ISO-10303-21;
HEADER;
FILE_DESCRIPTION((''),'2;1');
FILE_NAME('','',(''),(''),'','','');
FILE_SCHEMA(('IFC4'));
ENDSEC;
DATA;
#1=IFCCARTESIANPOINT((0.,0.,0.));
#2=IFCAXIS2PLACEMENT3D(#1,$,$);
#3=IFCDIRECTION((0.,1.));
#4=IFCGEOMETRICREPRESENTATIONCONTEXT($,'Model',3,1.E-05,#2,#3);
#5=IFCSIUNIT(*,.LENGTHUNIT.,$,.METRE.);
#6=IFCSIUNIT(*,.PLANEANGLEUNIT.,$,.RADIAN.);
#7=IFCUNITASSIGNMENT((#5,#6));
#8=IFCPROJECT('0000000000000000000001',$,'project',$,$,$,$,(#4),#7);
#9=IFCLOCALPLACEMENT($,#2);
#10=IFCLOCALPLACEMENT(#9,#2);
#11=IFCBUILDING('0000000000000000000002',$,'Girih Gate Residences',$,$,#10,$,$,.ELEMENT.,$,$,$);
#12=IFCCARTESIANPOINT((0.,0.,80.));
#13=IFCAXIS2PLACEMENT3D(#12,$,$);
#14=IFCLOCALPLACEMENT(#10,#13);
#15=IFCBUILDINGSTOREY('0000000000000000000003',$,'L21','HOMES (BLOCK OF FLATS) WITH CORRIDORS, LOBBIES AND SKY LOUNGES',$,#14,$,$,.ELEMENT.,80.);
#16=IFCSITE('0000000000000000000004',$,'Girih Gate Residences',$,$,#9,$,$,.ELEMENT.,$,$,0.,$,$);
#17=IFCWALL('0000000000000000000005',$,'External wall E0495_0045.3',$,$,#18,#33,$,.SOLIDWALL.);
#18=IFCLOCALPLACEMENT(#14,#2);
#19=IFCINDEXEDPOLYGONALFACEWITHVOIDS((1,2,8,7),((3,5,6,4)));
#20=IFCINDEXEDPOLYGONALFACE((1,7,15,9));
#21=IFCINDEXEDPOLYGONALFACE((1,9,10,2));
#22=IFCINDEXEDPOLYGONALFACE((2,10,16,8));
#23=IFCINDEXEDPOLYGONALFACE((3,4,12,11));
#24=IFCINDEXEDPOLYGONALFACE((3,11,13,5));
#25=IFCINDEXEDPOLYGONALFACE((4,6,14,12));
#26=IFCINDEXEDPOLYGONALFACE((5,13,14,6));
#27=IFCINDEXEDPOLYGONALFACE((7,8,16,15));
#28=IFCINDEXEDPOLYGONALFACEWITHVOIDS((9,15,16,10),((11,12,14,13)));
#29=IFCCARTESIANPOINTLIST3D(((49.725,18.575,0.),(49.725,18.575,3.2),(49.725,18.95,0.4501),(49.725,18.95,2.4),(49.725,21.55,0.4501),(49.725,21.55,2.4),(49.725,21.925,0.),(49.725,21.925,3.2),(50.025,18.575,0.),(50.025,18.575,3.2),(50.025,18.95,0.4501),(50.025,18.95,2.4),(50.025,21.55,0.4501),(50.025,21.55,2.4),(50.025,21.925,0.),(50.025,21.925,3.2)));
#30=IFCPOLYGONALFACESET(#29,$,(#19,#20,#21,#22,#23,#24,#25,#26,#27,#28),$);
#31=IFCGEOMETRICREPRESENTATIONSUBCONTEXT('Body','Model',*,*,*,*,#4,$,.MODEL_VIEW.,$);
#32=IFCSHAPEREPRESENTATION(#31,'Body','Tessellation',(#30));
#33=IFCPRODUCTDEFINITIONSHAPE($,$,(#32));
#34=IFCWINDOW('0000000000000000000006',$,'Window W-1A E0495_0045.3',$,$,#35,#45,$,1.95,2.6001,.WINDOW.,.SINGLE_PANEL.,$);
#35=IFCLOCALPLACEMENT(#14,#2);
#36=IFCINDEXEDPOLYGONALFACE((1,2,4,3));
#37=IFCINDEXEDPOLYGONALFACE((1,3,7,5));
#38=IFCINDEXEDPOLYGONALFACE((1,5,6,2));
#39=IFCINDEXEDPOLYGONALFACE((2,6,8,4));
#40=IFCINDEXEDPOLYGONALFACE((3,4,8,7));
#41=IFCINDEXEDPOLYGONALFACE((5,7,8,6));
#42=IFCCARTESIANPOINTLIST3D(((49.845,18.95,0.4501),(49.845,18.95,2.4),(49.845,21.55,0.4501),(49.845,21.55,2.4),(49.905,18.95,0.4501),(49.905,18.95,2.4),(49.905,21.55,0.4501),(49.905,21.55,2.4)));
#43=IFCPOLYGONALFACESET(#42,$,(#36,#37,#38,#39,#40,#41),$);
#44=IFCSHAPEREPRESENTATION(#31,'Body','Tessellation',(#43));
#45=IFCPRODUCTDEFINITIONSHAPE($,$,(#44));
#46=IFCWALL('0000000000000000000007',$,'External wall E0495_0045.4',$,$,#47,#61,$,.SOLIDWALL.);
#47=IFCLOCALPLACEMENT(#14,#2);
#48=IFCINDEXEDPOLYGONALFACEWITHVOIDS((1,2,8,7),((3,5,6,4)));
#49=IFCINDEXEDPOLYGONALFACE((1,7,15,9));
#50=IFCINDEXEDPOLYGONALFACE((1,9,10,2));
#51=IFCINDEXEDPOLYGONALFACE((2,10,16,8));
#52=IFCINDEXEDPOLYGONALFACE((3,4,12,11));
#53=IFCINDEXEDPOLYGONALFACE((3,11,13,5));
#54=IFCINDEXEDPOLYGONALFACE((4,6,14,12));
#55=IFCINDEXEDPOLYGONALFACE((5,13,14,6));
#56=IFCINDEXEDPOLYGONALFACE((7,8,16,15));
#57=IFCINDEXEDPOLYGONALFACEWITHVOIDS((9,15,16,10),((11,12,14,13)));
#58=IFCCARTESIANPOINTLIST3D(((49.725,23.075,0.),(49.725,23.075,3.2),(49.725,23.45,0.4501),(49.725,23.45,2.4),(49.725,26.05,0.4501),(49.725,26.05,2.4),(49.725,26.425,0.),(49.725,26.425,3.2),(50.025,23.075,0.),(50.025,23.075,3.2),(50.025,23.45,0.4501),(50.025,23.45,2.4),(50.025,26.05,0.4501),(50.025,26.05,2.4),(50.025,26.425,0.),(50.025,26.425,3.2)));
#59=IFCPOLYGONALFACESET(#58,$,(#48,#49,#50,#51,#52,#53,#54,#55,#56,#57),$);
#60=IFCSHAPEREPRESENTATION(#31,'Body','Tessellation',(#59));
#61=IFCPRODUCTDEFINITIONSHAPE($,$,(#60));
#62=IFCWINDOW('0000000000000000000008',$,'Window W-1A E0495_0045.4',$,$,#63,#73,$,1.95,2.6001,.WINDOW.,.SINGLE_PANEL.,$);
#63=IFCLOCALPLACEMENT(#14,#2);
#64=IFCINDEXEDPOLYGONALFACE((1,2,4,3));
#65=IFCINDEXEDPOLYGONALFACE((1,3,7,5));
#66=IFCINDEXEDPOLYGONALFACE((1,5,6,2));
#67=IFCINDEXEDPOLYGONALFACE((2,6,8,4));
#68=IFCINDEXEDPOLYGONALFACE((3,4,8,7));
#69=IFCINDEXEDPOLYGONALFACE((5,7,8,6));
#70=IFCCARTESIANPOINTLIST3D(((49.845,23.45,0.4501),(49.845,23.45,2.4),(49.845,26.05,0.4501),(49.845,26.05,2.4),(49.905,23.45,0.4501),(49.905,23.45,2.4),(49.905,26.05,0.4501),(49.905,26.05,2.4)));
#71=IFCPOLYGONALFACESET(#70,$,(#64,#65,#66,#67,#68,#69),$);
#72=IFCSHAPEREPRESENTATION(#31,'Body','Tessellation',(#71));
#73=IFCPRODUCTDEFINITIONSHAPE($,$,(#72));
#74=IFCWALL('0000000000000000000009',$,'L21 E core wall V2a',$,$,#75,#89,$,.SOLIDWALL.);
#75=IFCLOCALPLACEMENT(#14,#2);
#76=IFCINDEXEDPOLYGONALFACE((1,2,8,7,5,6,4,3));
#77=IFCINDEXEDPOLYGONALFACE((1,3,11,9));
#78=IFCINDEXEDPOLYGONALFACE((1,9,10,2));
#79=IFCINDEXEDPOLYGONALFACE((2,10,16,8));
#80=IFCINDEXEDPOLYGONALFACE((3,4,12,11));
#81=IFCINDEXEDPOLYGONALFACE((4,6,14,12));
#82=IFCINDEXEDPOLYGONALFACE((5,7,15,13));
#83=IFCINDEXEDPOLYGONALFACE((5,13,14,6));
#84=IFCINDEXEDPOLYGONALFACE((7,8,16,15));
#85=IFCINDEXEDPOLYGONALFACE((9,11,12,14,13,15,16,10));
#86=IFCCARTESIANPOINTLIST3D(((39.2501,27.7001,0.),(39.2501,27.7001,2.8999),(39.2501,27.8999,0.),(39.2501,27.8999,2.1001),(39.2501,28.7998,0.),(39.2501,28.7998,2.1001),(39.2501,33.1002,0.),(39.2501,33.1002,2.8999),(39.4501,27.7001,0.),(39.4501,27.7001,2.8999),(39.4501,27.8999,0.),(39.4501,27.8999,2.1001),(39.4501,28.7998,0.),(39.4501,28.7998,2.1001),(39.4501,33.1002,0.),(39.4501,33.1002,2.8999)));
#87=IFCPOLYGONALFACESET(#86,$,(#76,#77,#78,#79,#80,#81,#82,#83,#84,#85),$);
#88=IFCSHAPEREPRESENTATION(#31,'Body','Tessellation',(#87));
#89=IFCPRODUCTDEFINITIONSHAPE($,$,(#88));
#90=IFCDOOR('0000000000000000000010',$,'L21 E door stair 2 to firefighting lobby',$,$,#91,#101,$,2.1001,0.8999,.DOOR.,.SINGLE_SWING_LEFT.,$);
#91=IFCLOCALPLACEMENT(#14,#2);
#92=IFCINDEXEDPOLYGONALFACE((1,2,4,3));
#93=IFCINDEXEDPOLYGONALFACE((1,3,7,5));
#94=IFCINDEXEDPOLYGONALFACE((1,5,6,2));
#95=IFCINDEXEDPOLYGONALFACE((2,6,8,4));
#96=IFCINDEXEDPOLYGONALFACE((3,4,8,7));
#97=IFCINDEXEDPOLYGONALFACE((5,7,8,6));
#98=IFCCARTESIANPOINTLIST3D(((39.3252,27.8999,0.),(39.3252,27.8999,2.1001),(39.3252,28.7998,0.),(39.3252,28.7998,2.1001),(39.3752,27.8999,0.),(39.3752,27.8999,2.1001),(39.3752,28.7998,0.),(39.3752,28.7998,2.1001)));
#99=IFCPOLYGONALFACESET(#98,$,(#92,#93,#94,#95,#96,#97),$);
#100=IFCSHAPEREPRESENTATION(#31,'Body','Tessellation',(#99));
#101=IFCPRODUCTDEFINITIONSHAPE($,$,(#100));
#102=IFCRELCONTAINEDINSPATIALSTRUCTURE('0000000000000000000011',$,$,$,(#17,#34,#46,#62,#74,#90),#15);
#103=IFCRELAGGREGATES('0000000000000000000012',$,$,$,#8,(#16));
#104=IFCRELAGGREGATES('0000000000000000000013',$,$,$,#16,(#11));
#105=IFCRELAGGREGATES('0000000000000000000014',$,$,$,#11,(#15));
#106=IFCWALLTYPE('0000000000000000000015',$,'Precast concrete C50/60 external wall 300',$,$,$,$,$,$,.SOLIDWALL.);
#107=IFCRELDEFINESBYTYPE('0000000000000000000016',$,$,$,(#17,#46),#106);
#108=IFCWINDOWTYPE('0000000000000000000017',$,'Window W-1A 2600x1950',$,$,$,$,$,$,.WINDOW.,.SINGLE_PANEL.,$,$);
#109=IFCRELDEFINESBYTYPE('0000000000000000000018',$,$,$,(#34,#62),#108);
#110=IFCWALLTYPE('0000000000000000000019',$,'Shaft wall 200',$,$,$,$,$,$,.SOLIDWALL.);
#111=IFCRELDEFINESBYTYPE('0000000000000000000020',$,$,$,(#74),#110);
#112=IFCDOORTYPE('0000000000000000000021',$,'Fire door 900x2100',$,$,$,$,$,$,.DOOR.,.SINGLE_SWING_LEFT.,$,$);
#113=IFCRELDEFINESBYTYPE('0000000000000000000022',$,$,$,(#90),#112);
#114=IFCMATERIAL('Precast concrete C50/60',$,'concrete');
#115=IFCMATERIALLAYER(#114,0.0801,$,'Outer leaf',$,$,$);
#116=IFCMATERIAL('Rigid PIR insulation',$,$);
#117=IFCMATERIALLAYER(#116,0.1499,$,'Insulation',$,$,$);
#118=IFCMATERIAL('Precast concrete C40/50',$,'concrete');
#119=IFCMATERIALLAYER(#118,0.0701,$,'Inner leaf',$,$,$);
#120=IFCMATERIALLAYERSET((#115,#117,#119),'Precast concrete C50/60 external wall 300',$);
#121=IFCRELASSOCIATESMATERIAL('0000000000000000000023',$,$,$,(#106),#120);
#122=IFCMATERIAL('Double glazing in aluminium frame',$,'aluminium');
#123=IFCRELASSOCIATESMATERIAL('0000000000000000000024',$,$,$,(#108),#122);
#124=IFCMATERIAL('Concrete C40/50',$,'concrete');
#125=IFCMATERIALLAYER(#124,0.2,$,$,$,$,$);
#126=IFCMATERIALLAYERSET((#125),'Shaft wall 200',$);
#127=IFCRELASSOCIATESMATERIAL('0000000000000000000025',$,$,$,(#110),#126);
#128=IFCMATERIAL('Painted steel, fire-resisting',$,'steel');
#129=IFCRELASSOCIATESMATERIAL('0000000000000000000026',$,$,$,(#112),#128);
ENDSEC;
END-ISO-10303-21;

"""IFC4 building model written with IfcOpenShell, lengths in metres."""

from ifc_helpers import new_model, si_unit, direction, frame, frame_2d, origin, place, context, subcontext, project, spatial, rectangle, extrude, material, layer, layer_set, type_object, element, fill, save


model = new_model("IFC4")

# Units and contexts
model_context = context("Model", 3, precision=1e-05, world=origin(), true_north=direction((0.0, 1.0)))
body_context = subcontext(model_context, "Body", "Model", "MODEL_VIEW")
ifc_project = project(units=[si_unit("LENGTHUNIT", "METRE"), si_unit("PLANEANGLEUNIT", "RADIAN")], contexts=[model_context])

# Site, building, storey
site_placement = place(None, origin())
site = spatial("IfcSite", under=ifc_project, at=site_placement, Name="Girih Gate Residences", CompositionType="ELEMENT", RefElevation=0.0)
building_placement = place(site_placement, origin())
building = spatial("IfcBuilding", under=site, at=building_placement, Name="Girih Gate Residences", CompositionType="ELEMENT")
storey_placement = place(building_placement, frame((0.0, 0.0, 80.0)))
storey = spatial("IfcBuildingStorey", under=building, at=storey_placement, Name="L21", Description="HOMES (BLOCK OF FLATS) WITH CORRIDORS, LOBBIES AND SKY LOUNGES", CompositionType="ELEMENT", Elevation=80.0)

# Shared definitions
ifc_material_1 = material(Name="Painted steel, fire-resisting", Category="steel")

# Walls, openings, windows
ifc_material_2 = material(Name="Precast concrete C50/60", Category="concrete")
ifc_layer_1 = layer(ifc_material_2, 0.0801, Name="Outer leaf")
ifc_material_3 = material(Name="Rigid PIR insulation")
ifc_layer_2 = layer(ifc_material_3, 0.1499, Name="Insulation")
ifc_material_4 = material(Name="Precast concrete C40/50", Category="concrete")
ifc_layer_3 = layer(ifc_material_4, 0.0701, Name="Inner leaf")
ifc_layer_set_1 = layer_set([ifc_layer_1, ifc_layer_2, ifc_layer_3], Name="Precast concrete C50/60 external wall 300")
wall_type_1 = type_object("IfcWallType", Name="Precast concrete C50/60 external wall 300", PredefinedType="SOLIDWALL", material=ifc_layer_set_1)
wall_1_placement = place(storey_placement, frame((49.875, 21.925, 0.0), z_axis=(0.0, 0.0, 1.0), x_axis=(0.0, -1.0, 0.0)))
wall_1 = element("IfcWall", 1, at=wall_1_placement, inside=storey, type_object=wall_type_1, Name="External wall E0495_0045.3", PredefinedType="SOLIDWALL", context=body_context, shape_type="SweptSolid", body=[
    extrude(rectangle(XDim=3.3501, YDim=0.3, at=frame_2d((1.675, 0.0))), origin(), (0.0, 0.0, 1.0), 3.2),
])
opening_1_placement = place(wall_1_placement, frame((0.375, 0.0, 0.45)))
opening_1 = element("IfcOpeningElement", 2, at=opening_1_placement, cuts=wall_1, PredefinedType="OPENING", context=body_context, shape_type="SweptSolid", body=[
    extrude(rectangle(XDim=2.6001, YDim=1.95, at=frame_2d((1.3, 0.9751))), frame((0.0, 0.1599, 0.0), z_axis=(0.0, -1.0, 0.0), x_axis=(1.0, 0.0, 0.0)), (0.0, 0.0, 1.0), 0.3201),
])
ifc_material_5 = material(Name="Double glazing in aluminium frame", Category="aluminium")
window_type = type_object("IfcWindowType", Name="Window W-1A 2600x1950", PartitioningType="SINGLE_PANEL", PredefinedType="WINDOW", material=ifc_material_5)
window_1_placement = place(opening_1_placement, origin())
window_1 = element("IfcWindow", 3, at=window_1_placement, inside=storey, type_object=window_type, Name="Window W-1A E0495_0045.3", OverallHeight=1.95, OverallWidth=2.6001, PartitioningType="SINGLE_PANEL", PredefinedType="WINDOW", context=body_context, shape_type="SweptSolid", body=[
    extrude(rectangle(XDim=2.6001, YDim=1.95, at=frame_2d((1.3, 0.9751))), frame((0.0, 0.03, 0.0), z_axis=(0.0, -1.0, 0.0), x_axis=(1.0, 0.0, 0.0)), (0.0, 0.0, 1.0), 0.0601),
])
fill(opening_1, window_1)
wall_2_placement = place(storey_placement, frame((49.875, 26.425, 0.0), z_axis=(0.0, 0.0, 1.0), x_axis=(0.0, -1.0, 0.0)))
wall_2 = element("IfcWall", 4, at=wall_2_placement, inside=storey, type_object=wall_type_1, Name="External wall E0495_0045.4", PredefinedType="SOLIDWALL", context=body_context, shape_type="SweptSolid", body=[
    extrude(rectangle(XDim=3.3501, YDim=0.3, at=frame_2d((1.675, 0.0))), origin(), (0.0, 0.0, 1.0), 3.2),
])
opening_2_placement = place(wall_2_placement, frame((0.375, 0.0, 0.45)))
opening_2 = element("IfcOpeningElement", 5, at=opening_2_placement, cuts=wall_2, PredefinedType="OPENING", context=body_context, shape_type="SweptSolid", body=[
    extrude(rectangle(XDim=2.6001, YDim=1.95, at=frame_2d((1.3, 0.9751))), frame((0.0, 0.1599, 0.0), z_axis=(0.0, -1.0, 0.0), x_axis=(1.0, 0.0, 0.0)), (0.0, 0.0, 1.0), 0.3201),
])
window_2_placement = place(opening_2_placement, origin())
window_2 = element("IfcWindow", 6, at=window_2_placement, inside=storey, type_object=window_type, Name="Window W-1A E0495_0045.4", OverallHeight=1.95, OverallWidth=2.6001, PartitioningType="SINGLE_PANEL", PredefinedType="WINDOW", context=body_context, shape_type="SweptSolid", body=[
    extrude(rectangle(XDim=2.6001, YDim=1.95, at=frame_2d((1.3, 0.9751))), frame((0.0, 0.03, 0.0), z_axis=(0.0, -1.0, 0.0), x_axis=(1.0, 0.0, 0.0)), (0.0, 0.0, 1.0), 0.0601),
])
fill(opening_2, window_2)

# Wall, opening, door
ifc_material_6 = material(Name="Concrete C40/50", Category="concrete")
ifc_layer_4 = layer(ifc_material_6, 0.2)
ifc_layer_set_2 = layer_set([ifc_layer_4], Name="Shaft wall 200")
wall_type_2 = type_object("IfcWallType", Name="Shaft wall 200", PredefinedType="SOLIDWALL", material=ifc_layer_set_2)
wall_3_placement = place(storey_placement, frame((39.3501, 27.7, 0.0), z_axis=(0.0, 0.0, 1.0), x_axis=(0.0, 1.0, 0.0)))
wall_3 = element("IfcWall", 7, at=wall_3_placement, inside=storey, type_object=wall_type_2, Name="L21 E core wall V2a", PredefinedType="SOLIDWALL", context=body_context, shape_type="SweptSolid", body=[
    extrude(rectangle(XDim=5.4001, YDim=0.2, at=frame_2d((2.7002, 0.0))), origin(), (0.0, 0.0, 1.0), 2.8999),
])
opening_3_placement = place(wall_3_placement, frame((0.2, 0.0, 0.0)))
opening_3 = element("IfcOpeningElement", 8, at=opening_3_placement, cuts=wall_3, PredefinedType="OPENING", context=body_context, shape_type="SweptSolid", body=[
    extrude(rectangle(XDim=0.8999, YDim=2.1001, at=frame_2d((0.45, 1.05))), frame((0.0, 0.1099, 0.0), z_axis=(0.0, -1.0, 0.0), x_axis=(1.0, 0.0, 0.0)), (0.0, 0.0, 1.0), 0.22),
])
door_type_1 = type_object("IfcDoorType", Name="Fire door 900x2100", OperationType="SINGLE_SWING_LEFT", PredefinedType="DOOR", material=ifc_material_1)
door_1_placement = place(opening_3_placement, origin())
door_1 = element("IfcDoor", 9, at=door_1_placement, inside=storey, type_object=door_type_1, Name="L21 E door stair 2 to firefighting lobby", OperationType="SINGLE_SWING_LEFT", OverallHeight=2.1001, OverallWidth=0.8999, PredefinedType="DOOR", context=body_context, shape_type="SweptSolid", body=[
    extrude(rectangle(XDim=0.8999, YDim=2.1001, at=frame_2d((0.45, 1.05))), frame((0.0, 0.0249, 0.0), z_axis=(0.0, -1.0, 0.0), x_axis=(1.0, 0.0, 0.0)), (0.0, 0.0, 1.0), 0.05),
])
fill(opening_3, door_1)

save(model, "model.ifc")
